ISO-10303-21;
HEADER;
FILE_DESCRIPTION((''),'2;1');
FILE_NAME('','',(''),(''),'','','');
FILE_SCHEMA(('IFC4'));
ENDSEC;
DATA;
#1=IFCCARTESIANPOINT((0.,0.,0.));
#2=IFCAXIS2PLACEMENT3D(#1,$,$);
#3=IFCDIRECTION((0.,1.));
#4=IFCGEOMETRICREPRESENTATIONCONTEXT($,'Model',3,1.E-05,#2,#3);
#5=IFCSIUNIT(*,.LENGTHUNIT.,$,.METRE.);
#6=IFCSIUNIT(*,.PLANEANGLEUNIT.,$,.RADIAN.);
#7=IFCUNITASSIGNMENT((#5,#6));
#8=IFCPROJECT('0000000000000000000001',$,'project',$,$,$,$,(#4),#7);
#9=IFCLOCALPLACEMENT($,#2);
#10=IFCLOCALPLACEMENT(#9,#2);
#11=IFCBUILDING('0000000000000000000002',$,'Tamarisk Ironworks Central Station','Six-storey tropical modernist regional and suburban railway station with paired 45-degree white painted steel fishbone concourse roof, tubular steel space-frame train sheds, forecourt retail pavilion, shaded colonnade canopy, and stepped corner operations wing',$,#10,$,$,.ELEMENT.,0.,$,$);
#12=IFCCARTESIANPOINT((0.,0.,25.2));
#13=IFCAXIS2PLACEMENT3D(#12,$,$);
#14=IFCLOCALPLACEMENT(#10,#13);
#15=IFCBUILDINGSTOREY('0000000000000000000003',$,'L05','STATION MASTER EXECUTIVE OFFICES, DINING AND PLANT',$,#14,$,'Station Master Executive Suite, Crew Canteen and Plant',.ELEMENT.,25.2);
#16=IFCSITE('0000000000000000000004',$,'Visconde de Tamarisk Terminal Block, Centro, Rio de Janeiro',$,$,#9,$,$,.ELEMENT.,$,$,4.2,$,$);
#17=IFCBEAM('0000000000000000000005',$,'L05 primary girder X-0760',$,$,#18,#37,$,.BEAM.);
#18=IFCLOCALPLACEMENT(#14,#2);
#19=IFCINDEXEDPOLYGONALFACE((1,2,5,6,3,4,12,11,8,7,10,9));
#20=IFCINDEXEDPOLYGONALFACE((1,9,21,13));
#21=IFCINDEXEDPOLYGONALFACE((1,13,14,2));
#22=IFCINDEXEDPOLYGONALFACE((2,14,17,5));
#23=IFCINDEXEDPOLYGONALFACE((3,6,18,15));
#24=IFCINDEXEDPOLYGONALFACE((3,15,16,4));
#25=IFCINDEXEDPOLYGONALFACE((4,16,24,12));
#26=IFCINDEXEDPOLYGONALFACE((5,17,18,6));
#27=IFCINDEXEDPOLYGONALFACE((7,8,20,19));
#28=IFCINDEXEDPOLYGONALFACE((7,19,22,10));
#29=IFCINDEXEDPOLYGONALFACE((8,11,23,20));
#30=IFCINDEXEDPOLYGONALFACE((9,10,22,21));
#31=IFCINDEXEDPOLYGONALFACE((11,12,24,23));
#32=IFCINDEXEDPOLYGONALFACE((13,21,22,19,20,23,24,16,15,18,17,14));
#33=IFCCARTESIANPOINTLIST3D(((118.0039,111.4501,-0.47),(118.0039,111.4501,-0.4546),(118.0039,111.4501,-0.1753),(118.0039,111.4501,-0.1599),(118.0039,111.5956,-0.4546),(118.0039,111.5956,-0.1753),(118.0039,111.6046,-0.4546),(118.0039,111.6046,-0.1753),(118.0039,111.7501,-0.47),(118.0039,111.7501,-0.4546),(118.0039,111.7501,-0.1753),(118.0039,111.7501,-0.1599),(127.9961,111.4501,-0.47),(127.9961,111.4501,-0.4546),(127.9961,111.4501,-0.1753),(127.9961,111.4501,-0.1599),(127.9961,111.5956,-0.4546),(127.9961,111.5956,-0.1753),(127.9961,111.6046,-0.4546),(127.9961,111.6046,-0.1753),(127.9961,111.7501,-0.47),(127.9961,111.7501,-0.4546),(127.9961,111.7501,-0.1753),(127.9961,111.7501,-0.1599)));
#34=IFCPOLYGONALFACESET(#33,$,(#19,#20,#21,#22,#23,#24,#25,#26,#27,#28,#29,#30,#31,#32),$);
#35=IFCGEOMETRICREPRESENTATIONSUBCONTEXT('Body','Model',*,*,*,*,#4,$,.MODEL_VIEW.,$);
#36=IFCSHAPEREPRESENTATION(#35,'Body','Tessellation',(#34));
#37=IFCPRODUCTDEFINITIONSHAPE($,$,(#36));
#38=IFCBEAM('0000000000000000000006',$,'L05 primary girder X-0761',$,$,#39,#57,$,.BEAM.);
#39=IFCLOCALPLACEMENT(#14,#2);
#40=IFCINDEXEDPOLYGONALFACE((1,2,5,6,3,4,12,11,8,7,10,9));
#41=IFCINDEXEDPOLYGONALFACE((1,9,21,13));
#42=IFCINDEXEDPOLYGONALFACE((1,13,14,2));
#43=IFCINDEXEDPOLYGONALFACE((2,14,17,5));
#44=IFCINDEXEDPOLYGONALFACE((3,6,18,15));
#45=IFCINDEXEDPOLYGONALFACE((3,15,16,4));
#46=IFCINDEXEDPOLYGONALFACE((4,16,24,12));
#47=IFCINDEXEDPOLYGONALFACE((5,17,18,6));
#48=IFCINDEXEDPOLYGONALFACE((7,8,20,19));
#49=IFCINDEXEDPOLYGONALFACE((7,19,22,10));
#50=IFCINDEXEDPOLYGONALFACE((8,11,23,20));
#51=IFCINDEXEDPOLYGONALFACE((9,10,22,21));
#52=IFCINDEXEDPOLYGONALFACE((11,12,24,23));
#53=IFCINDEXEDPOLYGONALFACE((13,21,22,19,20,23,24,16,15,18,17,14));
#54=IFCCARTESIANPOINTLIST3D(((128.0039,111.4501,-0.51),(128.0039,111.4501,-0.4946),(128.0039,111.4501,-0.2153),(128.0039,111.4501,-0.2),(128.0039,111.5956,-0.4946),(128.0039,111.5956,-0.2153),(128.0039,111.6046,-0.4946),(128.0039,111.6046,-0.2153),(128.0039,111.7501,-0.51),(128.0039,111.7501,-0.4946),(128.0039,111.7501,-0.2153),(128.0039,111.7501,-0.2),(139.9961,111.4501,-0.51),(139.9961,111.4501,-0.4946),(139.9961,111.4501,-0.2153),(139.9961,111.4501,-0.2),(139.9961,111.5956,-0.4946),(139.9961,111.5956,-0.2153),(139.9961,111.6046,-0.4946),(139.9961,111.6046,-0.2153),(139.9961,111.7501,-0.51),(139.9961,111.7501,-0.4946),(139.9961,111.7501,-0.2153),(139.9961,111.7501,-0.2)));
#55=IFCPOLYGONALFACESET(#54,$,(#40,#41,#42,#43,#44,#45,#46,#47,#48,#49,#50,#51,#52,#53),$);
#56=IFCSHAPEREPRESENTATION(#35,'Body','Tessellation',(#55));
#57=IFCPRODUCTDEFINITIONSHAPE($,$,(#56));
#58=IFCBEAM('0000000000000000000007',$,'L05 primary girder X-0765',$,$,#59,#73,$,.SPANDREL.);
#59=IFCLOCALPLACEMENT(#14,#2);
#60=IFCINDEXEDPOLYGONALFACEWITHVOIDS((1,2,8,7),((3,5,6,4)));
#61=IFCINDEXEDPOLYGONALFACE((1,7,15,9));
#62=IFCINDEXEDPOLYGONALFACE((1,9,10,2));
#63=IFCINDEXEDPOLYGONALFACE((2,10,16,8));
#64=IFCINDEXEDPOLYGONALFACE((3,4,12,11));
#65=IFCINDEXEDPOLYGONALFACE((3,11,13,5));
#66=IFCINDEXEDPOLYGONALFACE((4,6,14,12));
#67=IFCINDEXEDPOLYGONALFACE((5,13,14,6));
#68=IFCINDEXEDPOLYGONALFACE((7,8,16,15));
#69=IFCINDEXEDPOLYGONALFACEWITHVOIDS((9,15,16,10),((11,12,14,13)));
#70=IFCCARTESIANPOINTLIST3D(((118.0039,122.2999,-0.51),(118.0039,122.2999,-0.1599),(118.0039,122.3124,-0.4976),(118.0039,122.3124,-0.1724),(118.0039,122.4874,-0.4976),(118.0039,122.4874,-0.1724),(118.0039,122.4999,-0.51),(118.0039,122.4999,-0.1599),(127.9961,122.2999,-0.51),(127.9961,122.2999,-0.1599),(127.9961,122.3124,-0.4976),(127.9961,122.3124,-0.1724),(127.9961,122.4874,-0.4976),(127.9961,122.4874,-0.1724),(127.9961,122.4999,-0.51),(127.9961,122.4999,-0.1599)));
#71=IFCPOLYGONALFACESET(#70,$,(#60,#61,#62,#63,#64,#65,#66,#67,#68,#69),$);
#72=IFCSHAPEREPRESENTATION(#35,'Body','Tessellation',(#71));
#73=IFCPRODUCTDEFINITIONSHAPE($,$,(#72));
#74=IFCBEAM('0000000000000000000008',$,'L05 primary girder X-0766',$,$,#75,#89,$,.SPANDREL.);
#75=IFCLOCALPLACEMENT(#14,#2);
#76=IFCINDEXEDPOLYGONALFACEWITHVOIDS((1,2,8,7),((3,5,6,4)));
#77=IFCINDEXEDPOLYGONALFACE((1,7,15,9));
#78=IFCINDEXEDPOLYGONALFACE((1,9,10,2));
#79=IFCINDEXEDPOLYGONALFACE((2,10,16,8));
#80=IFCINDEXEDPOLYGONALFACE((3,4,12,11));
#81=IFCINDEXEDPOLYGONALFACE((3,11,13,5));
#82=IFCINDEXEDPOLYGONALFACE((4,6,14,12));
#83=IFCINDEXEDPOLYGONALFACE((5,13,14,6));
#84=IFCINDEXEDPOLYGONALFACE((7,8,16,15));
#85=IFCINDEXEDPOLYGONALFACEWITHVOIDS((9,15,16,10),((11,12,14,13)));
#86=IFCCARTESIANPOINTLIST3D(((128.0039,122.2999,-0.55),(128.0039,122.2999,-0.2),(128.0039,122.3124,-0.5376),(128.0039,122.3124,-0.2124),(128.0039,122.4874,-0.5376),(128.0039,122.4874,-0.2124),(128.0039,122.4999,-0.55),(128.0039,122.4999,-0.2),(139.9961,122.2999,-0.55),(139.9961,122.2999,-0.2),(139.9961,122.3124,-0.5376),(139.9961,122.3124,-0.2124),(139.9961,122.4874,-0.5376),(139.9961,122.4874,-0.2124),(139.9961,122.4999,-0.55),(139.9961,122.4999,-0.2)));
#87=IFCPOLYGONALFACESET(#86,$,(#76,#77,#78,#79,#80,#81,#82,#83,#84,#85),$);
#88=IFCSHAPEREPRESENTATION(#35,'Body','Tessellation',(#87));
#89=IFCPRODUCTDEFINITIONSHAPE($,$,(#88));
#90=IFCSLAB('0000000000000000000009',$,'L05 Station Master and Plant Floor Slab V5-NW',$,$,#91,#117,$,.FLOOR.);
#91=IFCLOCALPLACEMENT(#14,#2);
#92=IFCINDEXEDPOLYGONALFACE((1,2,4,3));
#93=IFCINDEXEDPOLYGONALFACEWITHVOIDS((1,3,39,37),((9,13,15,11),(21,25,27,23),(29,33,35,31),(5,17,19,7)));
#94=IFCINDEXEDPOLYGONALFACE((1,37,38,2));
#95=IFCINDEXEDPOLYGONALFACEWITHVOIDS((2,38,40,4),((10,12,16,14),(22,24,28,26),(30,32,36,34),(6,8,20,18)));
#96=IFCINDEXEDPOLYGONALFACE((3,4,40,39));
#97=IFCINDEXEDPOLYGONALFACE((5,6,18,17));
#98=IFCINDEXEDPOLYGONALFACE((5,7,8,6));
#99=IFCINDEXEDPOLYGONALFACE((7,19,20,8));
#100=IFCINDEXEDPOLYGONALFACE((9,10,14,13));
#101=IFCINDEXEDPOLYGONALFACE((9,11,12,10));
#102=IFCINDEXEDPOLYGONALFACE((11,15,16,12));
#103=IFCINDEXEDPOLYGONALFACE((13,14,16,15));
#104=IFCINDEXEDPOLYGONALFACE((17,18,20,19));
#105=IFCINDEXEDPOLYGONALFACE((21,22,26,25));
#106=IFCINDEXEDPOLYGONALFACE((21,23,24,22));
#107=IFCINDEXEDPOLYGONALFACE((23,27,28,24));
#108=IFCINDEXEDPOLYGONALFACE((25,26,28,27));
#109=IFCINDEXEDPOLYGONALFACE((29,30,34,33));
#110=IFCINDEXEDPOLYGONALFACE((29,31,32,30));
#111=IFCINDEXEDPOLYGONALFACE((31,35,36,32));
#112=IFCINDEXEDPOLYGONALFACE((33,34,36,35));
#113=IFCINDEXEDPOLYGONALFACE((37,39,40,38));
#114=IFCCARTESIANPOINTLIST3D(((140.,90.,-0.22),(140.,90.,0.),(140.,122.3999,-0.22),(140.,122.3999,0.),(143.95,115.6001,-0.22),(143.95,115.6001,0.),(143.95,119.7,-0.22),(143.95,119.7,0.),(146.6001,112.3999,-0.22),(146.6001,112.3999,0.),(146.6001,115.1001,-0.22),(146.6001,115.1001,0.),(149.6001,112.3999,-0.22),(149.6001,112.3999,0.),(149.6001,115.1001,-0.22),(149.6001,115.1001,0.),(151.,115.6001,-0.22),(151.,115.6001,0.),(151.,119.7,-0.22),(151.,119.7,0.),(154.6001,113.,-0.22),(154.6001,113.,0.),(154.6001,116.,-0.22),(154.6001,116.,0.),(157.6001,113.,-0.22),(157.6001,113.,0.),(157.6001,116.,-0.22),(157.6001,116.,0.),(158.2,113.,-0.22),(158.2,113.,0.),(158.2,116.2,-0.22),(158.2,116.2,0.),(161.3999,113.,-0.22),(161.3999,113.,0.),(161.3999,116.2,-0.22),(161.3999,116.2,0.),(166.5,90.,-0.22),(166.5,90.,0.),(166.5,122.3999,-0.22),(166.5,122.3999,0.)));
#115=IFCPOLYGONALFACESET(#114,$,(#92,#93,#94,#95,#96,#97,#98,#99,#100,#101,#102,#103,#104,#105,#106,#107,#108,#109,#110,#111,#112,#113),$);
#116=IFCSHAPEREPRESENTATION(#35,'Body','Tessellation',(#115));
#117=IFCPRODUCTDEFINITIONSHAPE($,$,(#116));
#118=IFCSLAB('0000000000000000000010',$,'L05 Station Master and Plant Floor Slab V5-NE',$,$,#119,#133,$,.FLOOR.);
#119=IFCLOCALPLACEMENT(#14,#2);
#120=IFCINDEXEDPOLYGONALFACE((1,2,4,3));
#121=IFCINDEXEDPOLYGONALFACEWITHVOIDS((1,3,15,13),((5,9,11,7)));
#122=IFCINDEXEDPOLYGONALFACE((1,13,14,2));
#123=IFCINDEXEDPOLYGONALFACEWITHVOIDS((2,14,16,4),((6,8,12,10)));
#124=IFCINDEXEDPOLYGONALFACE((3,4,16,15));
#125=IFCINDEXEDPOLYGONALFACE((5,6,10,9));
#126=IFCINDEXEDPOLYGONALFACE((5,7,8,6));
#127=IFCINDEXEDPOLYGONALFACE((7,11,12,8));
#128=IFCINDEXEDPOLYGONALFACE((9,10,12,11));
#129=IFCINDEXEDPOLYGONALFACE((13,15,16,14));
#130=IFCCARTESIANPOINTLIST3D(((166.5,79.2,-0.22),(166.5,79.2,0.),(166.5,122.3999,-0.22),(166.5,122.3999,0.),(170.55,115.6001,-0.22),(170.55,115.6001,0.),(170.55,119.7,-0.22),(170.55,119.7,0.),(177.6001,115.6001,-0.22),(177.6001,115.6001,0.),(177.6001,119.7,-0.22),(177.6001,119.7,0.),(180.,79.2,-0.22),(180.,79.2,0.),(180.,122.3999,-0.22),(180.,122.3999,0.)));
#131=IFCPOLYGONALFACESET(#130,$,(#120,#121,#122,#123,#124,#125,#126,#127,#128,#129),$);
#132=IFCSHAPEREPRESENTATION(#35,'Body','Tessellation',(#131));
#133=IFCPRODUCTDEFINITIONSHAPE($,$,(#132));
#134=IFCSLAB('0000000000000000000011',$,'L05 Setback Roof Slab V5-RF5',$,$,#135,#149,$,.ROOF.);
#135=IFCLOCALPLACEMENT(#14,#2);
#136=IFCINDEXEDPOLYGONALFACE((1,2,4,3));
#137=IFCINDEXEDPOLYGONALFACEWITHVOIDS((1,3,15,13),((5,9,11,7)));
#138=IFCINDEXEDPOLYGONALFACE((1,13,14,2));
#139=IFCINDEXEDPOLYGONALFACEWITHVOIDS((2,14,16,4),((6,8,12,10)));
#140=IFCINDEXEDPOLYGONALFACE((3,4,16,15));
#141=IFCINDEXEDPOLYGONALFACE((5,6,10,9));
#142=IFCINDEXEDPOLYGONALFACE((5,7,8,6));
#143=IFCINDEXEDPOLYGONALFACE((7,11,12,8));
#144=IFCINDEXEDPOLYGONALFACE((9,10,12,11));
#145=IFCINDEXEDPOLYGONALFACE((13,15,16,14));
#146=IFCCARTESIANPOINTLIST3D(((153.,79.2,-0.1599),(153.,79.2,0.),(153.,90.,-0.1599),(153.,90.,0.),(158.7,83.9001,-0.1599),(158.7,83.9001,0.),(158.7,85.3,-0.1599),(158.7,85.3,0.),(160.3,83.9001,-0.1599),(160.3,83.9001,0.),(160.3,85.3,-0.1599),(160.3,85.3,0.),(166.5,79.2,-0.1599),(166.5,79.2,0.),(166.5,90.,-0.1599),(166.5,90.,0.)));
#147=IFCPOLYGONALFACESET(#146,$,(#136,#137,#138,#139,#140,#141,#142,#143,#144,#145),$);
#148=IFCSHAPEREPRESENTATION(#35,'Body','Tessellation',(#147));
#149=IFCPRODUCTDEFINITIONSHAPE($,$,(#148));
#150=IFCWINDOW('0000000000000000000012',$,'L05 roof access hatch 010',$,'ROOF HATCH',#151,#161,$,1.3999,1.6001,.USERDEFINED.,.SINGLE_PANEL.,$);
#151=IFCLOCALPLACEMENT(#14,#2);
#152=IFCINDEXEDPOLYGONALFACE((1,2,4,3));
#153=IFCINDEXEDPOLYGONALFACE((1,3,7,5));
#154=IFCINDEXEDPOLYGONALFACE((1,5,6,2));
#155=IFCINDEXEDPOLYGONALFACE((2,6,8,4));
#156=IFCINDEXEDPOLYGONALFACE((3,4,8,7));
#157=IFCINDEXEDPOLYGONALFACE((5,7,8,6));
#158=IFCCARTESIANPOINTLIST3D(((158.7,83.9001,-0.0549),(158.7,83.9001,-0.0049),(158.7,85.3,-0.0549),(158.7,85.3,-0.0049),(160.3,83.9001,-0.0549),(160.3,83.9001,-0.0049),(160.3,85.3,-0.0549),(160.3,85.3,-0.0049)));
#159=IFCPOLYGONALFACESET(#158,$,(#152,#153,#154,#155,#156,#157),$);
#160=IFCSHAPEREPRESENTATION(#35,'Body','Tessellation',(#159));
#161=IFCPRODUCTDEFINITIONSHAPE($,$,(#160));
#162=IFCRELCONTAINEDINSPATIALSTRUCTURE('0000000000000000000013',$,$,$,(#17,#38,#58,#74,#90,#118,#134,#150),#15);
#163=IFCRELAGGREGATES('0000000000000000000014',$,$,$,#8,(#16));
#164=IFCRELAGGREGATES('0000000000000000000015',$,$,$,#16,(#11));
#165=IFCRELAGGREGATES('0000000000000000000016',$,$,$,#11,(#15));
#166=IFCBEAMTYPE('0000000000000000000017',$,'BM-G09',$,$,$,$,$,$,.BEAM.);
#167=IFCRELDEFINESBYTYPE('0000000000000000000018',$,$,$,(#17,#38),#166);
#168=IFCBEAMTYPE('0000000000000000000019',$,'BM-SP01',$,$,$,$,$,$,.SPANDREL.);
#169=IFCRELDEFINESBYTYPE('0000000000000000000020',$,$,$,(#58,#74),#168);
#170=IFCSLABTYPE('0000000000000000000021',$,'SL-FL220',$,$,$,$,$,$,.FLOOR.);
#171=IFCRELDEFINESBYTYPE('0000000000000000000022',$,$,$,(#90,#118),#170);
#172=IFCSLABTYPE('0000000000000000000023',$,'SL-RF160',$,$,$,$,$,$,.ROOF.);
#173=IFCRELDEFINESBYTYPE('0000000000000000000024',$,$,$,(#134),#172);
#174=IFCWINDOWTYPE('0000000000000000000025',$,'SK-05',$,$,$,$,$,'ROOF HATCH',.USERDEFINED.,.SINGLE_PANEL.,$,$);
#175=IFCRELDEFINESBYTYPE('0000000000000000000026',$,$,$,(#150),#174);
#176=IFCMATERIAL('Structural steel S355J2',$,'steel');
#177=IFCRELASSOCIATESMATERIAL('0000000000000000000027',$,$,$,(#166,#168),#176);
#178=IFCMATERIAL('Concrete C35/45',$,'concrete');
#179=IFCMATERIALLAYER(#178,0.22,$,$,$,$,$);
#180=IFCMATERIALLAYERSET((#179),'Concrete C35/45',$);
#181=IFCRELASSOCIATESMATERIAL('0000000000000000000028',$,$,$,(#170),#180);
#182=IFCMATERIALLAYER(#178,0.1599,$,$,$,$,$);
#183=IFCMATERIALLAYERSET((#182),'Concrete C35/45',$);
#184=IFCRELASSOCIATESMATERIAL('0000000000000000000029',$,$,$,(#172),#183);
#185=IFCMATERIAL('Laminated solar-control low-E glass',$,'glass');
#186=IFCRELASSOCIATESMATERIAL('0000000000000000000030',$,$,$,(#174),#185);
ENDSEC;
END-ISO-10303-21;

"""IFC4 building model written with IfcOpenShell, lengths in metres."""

from ifc_helpers import new_model, si_unit, direction, frame, origin, origin_2d, place, context, subcontext, project, spatial, polyline, rectangle, hollow_rectangle, i_section, outline, extrude, material, layer, layer_set, material_profile, profile_set, type_object, element, fill, save


model = new_model("IFC4")

# Units and contexts
model_context = context("Model", 3, precision=1e-05, world=origin(), true_north=direction((0.0, 1.0)))
body_context = subcontext(model_context, "Body", "Model", "MODEL_VIEW")
ifc_project = project(units=[si_unit("LENGTHUNIT", "METRE"), si_unit("PLANEANGLEUNIT", "RADIAN")], contexts=[model_context])

# Site, building, storey
site_placement = place(None, origin())
site = spatial("IfcSite", under=ifc_project, at=site_placement, Name="Visconde de Tamarisk Terminal Block, Centro, Rio de Janeiro", CompositionType="ELEMENT", RefElevation=4.2)
building_placement = place(site_placement, origin())
building = spatial("IfcBuilding", under=site, at=building_placement, Name="Tamarisk Ironworks Central Station", Description="Six-storey tropical modernist regional and suburban railway station with paired 45-degree white painted steel fishbone concourse roof, tubular steel space-frame train sheds, forecourt retail pavilion, shaded colonnade canopy, and stepped corner operations wing", CompositionType="ELEMENT", ElevationOfRefHeight=0.0)
storey_placement = place(building_placement, frame((0.0, 0.0, 25.2)))
storey = spatial("IfcBuildingStorey", under=building, at=storey_placement, Name="L05", Description="STATION MASTER EXECUTIVE OFFICES, DINING AND PLANT", LongName="Station Master Executive Suite, Crew Canteen and Plant", CompositionType="ELEMENT", Elevation=25.2)

# Beams
ifc_material_1 = material(Name="Structural steel S355J2", Category="steel")
ifc_material_profile_1 = material_profile(ifc_material_1, i_section(OverallWidth=0.3, OverallDepth=0.3101, WebThickness=0.009, FlangeThickness=0.0154, at=origin_2d()), Name="HEA 320")
ifc_profile_set_1 = profile_set([ifc_material_profile_1], Name="Structural steel S355J2")
beam_type_1 = type_object("IfcBeamType", Name="BM-G09", PredefinedType="BEAM", material=ifc_profile_set_1)
beam_1_placement = place(storey_placement, frame((118.0039, 111.6001, -0.3149), z_axis=(1.0, 0.0, 0.0), x_axis=(0.0, 1.0, 0.0)))
element("IfcBeam", 1, at=beam_1_placement, inside=storey, type_object=beam_type_1, Name="L05 primary girder X-0760", PredefinedType="BEAM", context=body_context, shape_type="SweptSolid", body=[
    extrude(i_section(OverallWidth=0.3, OverallDepth=0.3101, WebThickness=0.009, FlangeThickness=0.0154, at=origin_2d()), origin(), (0.0, 0.0, 1.0), 9.9922),
])
beam_2_placement = place(storey_placement, frame((128.0039, 111.6001, -0.355), z_axis=(1.0, 0.0, 0.0), x_axis=(0.0, 1.0, 0.0)))
element("IfcBeam", 2, at=beam_2_placement, inside=storey, type_object=beam_type_1, Name="L05 primary girder X-0761", PredefinedType="BEAM", context=body_context, shape_type="SweptSolid", body=[
    extrude(i_section(OverallWidth=0.3, OverallDepth=0.3101, WebThickness=0.009, FlangeThickness=0.0154, at=origin_2d()), origin(), (0.0, 0.0, 1.0), 11.9922),
])
ifc_material_profile_2 = material_profile(ifc_material_1, hollow_rectangle(XDim=0.2, YDim=0.3501, WallThickness=0.0125, at=origin_2d()), Name="RHS 350x200x12.5")
ifc_profile_set_2 = profile_set([ifc_material_profile_2], Name="Structural steel S355J2")
beam_type_2 = type_object("IfcBeamType", Name="BM-SP01", PredefinedType="SPANDREL", material=ifc_profile_set_2)
beam_3_placement = place(storey_placement, frame((118.0039, 122.3999, -0.335), z_axis=(1.0, 0.0, 0.0), x_axis=(0.0, 1.0, 0.0)))
element("IfcBeam", 3, at=beam_3_placement, inside=storey, type_object=beam_type_2, Name="L05 primary girder X-0765", PredefinedType="SPANDREL", context=body_context, shape_type="SweptSolid", body=[
    extrude(hollow_rectangle(XDim=0.2, YDim=0.3501, WallThickness=0.0125, at=origin_2d()), origin(), (0.0, 0.0, 1.0), 9.9922),
])
beam_4_placement = place(storey_placement, frame((128.0039, 122.3999, -0.375), z_axis=(1.0, 0.0, 0.0), x_axis=(0.0, 1.0, 0.0)))
element("IfcBeam", 4, at=beam_4_placement, inside=storey, type_object=beam_type_2, Name="L05 primary girder X-0766", PredefinedType="SPANDREL", context=body_context, shape_type="SweptSolid", body=[
    extrude(hollow_rectangle(XDim=0.2, YDim=0.3501, WallThickness=0.0125, at=origin_2d()), origin(), (0.0, 0.0, 1.0), 11.9922),
])

# Slabs
ifc_material_2 = material(Name="Concrete C35/45", Category="concrete")
ifc_layer_1 = layer(ifc_material_2, 0.22)
ifc_layer_set_1 = layer_set([ifc_layer_1], Name="Concrete C35/45")
slab_type_1 = type_object("IfcSlabType", Name="SL-FL220", PredefinedType="FLOOR", material=ifc_layer_set_1)
slab_1_placement = place(storey_placement, frame((0.0, 0.0, -0.22)))
element("IfcSlab", 5, at=slab_1_placement, inside=storey, type_object=slab_type_1, Name="L05 Station Master and Plant Floor Slab V5-NW", PredefinedType="FLOOR", context=body_context, shape_type="SweptSolid", body=[
    extrude(outline(polyline([(140.0, 90.0), (166.5, 90.0), (166.5, 122.3999), (140.0, 122.3999), (140.0, 90.0)]), holes=[polyline([(143.95, 115.6001), (151.0, 115.6001), (151.0, 119.7), (143.95, 119.7), (143.95, 115.6001)]), polyline([(146.6001, 112.3999), (149.6001, 112.3999), (149.6001, 115.1001), (146.6001, 115.1001), (146.6001, 112.3999)]), polyline([(154.6001, 113.0), (157.6001, 113.0), (157.6001, 116.0), (154.6001, 116.0), (154.6001, 113.0)]), polyline([(158.2, 113.0), (161.3999, 113.0), (161.3999, 116.2), (158.2, 116.2), (158.2, 113.0)])]), origin(), (0.0, 0.0, 1.0), 0.22),
])
slab_2_placement = place(storey_placement, frame((0.0, 0.0, -0.22)))
element("IfcSlab", 6, at=slab_2_placement, inside=storey, type_object=slab_type_1, Name="L05 Station Master and Plant Floor Slab V5-NE", PredefinedType="FLOOR", context=body_context, shape_type="SweptSolid", body=[
    extrude(outline(polyline([(166.5, 79.2), (180.0, 79.2), (180.0, 122.3999), (166.5, 122.3999), (166.5, 79.2)]), holes=[polyline([(170.55, 115.6001), (177.6001, 115.6001), (177.6001, 119.7), (170.55, 119.7), (170.55, 115.6001)])]), origin(), (0.0, 0.0, 1.0), 0.22),
])

# Slab, opening, window
ifc_layer_2 = layer(ifc_material_2, 0.1599)
ifc_layer_set_2 = layer_set([ifc_layer_2], Name="Concrete C35/45")
slab_type_2 = type_object("IfcSlabType", Name="SL-RF160", PredefinedType="ROOF", material=ifc_layer_set_2)
slab_3_placement = place(storey_placement, frame((0.0, 0.0, -0.1599)))
slab_3 = element("IfcSlab", 7, at=slab_3_placement, inside=storey, type_object=slab_type_2, Name="L05 Setback Roof Slab V5-RF5", PredefinedType="ROOF", context=body_context, shape_type="SweptSolid", body=[
    extrude(outline(polyline([(153.0, 79.2), (166.5, 79.2), (166.5, 90.0), (153.0, 90.0), (153.0, 79.2)])), origin(), (0.0, 0.0, 1.0), 0.1599),
])
opening_1_placement = place(slab_3_placement, frame((159.5, 84.6001, 0.0)))
opening_1 = element("IfcOpeningElement", 8, at=opening_1_placement, cuts=slab_3, PredefinedType="OPENING", context=body_context, shape_type="SweptSolid", body=[
    extrude(rectangle(XDim=1.6001, YDim=1.3999, at=origin_2d()), frame((0.0, 0.0, -0.012)), (0.0, 0.0, 1.0), 0.1838),
])
ifc_material_3 = material(Name="Laminated solar-control low-E glass", Category="glass")
window_type_1 = type_object("IfcWindowType", Name="SK-05", ElementType="ROOF HATCH", PartitioningType="SINGLE_PANEL", PredefinedType="USERDEFINED", material=ifc_material_3)
window_1_placement = place(opening_1_placement, frame((0.0, 0.0, 0.105)))
window_1 = element("IfcWindow", 9, at=window_1_placement, inside=storey, type_object=window_type_1, Name="L05 roof access hatch 010", ObjectType="ROOF HATCH", OverallHeight=1.3999, OverallWidth=1.6001, PartitioningType="SINGLE_PANEL", PredefinedType="USERDEFINED", context=body_context, shape_type="SweptSolid", body=[
    extrude(rectangle(XDim=1.6001, YDim=1.3999, at=origin_2d()), origin(), (0.0, 0.0, 1.0), 0.05),
])
fill(opening_1, window_1)

save(model, "model.ifc")
